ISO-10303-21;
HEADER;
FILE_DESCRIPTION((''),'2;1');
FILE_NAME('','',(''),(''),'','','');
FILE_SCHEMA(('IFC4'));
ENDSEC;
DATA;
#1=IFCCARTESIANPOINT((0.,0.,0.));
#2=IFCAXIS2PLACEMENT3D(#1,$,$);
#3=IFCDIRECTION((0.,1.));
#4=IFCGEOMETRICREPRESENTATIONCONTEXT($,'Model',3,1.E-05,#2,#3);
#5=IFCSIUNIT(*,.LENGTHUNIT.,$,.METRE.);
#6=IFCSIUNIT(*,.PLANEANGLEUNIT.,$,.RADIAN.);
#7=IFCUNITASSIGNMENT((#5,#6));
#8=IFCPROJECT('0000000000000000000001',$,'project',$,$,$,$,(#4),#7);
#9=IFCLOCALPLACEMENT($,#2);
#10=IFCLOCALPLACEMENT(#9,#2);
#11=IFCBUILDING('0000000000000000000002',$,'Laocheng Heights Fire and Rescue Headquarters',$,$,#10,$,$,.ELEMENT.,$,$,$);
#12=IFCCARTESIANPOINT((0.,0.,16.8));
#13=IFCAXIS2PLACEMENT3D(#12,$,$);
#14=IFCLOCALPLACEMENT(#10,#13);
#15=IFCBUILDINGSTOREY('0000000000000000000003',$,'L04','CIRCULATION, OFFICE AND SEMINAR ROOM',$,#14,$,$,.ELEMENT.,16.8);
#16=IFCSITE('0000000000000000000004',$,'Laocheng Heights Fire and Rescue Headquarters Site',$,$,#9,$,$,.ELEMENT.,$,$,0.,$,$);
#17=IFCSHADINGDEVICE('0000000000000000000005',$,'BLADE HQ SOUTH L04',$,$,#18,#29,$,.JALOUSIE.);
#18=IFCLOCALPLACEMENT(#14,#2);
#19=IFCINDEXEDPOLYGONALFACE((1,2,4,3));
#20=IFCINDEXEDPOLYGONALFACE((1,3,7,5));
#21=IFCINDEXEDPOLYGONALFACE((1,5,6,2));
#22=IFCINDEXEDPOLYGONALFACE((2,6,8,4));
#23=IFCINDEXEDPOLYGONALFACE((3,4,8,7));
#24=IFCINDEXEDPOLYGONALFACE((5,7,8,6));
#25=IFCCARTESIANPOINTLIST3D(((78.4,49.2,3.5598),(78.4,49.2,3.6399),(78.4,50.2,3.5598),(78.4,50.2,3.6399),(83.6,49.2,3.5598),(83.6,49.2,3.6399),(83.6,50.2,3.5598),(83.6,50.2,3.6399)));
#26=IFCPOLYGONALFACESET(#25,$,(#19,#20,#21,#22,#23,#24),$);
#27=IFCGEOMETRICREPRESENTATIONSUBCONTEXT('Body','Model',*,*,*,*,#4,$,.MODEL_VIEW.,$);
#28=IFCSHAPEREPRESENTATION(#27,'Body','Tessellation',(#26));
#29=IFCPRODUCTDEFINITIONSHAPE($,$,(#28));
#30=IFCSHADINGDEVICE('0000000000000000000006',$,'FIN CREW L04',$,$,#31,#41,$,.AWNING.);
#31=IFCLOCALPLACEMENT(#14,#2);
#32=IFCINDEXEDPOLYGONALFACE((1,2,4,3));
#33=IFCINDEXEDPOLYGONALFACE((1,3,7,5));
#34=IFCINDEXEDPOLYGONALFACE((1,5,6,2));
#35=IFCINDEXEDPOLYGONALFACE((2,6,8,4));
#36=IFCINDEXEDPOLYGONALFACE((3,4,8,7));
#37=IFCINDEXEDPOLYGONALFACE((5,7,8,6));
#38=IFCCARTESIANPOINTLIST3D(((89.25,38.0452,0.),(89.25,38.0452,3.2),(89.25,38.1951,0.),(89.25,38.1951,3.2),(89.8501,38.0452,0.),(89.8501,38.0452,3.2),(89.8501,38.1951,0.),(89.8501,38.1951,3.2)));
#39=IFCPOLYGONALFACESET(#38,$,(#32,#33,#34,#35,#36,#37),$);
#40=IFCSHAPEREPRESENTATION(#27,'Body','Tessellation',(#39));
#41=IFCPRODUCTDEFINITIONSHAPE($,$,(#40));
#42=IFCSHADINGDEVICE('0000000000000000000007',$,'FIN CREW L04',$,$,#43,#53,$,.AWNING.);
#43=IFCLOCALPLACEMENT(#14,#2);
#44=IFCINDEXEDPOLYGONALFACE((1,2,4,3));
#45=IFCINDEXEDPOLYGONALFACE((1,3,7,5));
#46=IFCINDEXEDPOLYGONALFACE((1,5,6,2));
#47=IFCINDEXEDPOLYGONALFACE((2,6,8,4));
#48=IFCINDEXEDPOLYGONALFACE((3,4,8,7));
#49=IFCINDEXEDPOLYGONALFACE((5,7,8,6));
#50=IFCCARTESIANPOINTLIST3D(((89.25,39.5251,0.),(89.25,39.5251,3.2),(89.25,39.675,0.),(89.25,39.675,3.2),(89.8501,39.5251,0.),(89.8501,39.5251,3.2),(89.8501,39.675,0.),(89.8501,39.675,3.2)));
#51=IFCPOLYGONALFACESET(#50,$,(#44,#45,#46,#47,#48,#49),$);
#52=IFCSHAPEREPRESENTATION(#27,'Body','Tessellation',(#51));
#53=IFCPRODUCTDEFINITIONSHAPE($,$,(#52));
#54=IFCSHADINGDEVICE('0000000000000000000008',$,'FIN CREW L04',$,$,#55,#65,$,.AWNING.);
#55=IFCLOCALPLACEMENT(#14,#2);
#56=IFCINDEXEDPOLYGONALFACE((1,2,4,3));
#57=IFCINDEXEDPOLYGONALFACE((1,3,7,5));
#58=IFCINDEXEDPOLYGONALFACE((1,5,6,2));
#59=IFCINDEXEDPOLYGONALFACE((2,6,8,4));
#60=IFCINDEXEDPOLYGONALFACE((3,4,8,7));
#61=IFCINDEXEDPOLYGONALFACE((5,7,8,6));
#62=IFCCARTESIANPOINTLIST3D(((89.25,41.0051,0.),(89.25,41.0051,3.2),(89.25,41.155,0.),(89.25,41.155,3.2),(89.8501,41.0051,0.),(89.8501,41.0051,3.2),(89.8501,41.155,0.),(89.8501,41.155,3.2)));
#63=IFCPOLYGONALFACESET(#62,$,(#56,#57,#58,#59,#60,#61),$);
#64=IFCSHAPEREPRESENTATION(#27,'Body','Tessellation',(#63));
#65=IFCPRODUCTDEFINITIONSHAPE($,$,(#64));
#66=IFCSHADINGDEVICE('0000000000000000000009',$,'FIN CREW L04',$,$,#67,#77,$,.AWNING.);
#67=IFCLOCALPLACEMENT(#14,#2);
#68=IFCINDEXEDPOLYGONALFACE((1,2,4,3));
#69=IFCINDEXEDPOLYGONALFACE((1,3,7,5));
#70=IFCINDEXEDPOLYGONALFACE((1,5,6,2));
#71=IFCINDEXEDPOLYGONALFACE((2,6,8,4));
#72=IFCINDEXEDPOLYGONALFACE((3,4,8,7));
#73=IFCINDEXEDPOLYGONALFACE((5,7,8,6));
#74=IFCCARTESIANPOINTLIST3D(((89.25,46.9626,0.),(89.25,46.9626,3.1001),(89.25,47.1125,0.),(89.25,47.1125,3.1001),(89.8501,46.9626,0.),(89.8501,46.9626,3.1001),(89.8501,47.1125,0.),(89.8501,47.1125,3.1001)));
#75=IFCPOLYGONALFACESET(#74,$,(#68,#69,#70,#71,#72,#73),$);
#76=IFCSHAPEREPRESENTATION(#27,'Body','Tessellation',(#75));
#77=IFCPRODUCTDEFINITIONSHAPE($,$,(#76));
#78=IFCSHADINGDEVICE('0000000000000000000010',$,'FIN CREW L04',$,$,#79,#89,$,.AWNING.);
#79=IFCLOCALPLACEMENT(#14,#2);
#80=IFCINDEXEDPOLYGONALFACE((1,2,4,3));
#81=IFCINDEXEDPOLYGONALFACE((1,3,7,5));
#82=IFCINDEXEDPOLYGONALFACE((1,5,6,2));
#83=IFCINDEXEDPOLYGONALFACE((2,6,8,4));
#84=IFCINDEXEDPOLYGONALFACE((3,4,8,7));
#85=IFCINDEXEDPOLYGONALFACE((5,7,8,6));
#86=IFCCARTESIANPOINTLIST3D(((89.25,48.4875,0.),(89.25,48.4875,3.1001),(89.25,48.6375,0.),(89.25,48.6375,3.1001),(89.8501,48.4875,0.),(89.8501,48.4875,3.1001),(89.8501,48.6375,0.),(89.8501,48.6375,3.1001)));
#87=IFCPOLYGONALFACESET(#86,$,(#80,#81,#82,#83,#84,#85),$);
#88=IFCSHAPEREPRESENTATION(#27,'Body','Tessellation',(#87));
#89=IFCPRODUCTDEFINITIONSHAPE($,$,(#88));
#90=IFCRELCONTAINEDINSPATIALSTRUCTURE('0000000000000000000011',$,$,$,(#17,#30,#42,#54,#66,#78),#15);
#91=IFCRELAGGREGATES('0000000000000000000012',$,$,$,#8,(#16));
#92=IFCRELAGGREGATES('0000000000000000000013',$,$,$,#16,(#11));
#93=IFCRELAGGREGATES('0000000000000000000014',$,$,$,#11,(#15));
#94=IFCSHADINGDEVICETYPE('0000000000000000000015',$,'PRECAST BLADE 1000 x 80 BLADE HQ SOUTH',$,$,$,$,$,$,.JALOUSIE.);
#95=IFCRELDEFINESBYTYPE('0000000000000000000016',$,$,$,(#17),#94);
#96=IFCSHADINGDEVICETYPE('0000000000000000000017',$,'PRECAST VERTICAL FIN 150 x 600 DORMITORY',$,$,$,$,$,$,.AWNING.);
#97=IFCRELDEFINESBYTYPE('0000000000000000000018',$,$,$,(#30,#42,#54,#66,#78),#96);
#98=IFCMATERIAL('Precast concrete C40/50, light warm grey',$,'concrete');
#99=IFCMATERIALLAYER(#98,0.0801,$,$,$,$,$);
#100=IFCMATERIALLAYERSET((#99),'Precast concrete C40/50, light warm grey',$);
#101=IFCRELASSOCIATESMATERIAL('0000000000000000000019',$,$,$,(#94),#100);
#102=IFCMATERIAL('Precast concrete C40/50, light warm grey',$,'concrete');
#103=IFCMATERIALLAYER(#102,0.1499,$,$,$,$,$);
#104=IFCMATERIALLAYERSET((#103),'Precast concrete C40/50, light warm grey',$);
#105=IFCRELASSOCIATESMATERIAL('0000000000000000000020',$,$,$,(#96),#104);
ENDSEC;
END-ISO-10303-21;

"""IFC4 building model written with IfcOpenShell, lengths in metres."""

from ifc_helpers import new_model, si_unit, direction, frame, origin, origin_2d, place, context, subcontext, project, spatial, rectangle, extrude, material, layer, layer_set, type_object, element, save


model = new_model("IFC4")

# Units and contexts
model_context = context("Model", 3, precision=1e-05, world=origin(), true_north=direction((0.0, 1.0)))
body_context = subcontext(model_context, "Body", "Model", "MODEL_VIEW")
ifc_project = project(units=[si_unit("LENGTHUNIT", "METRE"), si_unit("PLANEANGLEUNIT", "RADIAN")], contexts=[model_context])

# Site, building, storey
site_placement = place(None, origin())
site = spatial("IfcSite", under=ifc_project, at=site_placement, Name="Laocheng Heights Fire and Rescue Headquarters Site", CompositionType="ELEMENT", RefElevation=0.0)
building_placement = place(site_placement, origin())
building = spatial("IfcBuilding", under=site, at=building_placement, Name="Laocheng Heights Fire and Rescue Headquarters", CompositionType="ELEMENT")
storey_placement = place(building_placement, frame((0.0, 0.0, 16.8)))
storey = spatial("IfcBuildingStorey", under=building, at=storey_placement, Name="L04", Description="CIRCULATION, OFFICE AND SEMINAR ROOM", CompositionType="ELEMENT", Elevation=16.8)

# Shading devices
ifc_material_1 = material(Name="Precast concrete C40/50, light warm grey", Category="concrete")
ifc_layer_1 = layer(ifc_material_1, 0.0801)
ifc_layer_set_1 = layer_set([ifc_layer_1], Name="Precast concrete C40/50, light warm grey")
shading_device_type_1 = type_object("IfcShadingDeviceType", Name="PRECAST BLADE 1000 x 80 BLADE HQ SOUTH", PredefinedType="JALOUSIE", material=ifc_layer_set_1)
shading_device_placement = place(storey_placement, frame((81.0, 49.7, 3.5598), z_axis=(0.0, 0.0, 1.0), x_axis=(1.0, 0.0, 0.0)))
element("IfcShadingDevice", 1, at=shading_device_placement, inside=storey, type_object=shading_device_type_1, Name="BLADE HQ SOUTH L04", PredefinedType="JALOUSIE", context=body_context, shape_type="SweptSolid", body=[
    extrude(rectangle(XDim=5.2, YDim=1.0, at=origin_2d()), origin(), (0.0, 0.0, 1.0), 0.0801),
])
ifc_material_2 = material(Name="Precast concrete C40/50, light warm grey", Category="concrete")
ifc_layer_2 = layer(ifc_material_2, 0.1499)
ifc_layer_set_2 = layer_set([ifc_layer_2], Name="Precast concrete C40/50, light warm grey")
shading_device_type_2 = type_object("IfcShadingDeviceType", Name="PRECAST VERTICAL FIN 150 x 600 DORMITORY", PredefinedType="AWNING", material=ifc_layer_set_2)
for number, where, z_axis, x_axis, name in (
    (2, (89.55, 38.1201, 0.0), (0.0, 0.0, 1.0), (1.0, 0.0, 0.0), "FIN CREW L04"),
    (3, (89.55, 39.6001, 0.0), (0.0, 0.0, 1.0), (1.0, 0.0, 0.0), "FIN CREW L04"),
    (4, (89.55, 41.0801, 0.0), (0.0, 0.0, 1.0), (1.0, 0.0, 0.0), "FIN CREW L04"),
):
    element("IfcShadingDevice", number, at=place(storey_placement, frame(where, z_axis=z_axis, x_axis=x_axis)), inside=storey, type_object=shading_device_type_2, Name=name, PredefinedType="AWNING", context=body_context, shape_type="SweptSolid", body=[
        extrude(rectangle(XDim=0.6001, YDim=0.1499, at=origin_2d()), origin(), (0.0, 0.0, 1.0), 3.2),
    ])
for number, where, z_axis, x_axis, name in (
    (5, (89.55, 47.0376, 0.0), (0.0, 0.0, 1.0), (1.0, 0.0, 0.0), "FIN CREW L04"),
    (6, (89.55, 48.5625, 0.0), (0.0, 0.0, 1.0), (1.0, 0.0, 0.0), "FIN CREW L04"),
):
    element("IfcShadingDevice", number, at=place(storey_placement, frame(where, z_axis=z_axis, x_axis=x_axis)), inside=storey, type_object=shading_device_type_2, Name=name, PredefinedType="AWNING", context=body_context, shape_type="SweptSolid", body=[
        extrude(rectangle(XDim=0.6001, YDim=0.1499, at=origin_2d()), origin(), (0.0, 0.0, 1.0), 3.1001),
    ])

save(model, "model.ifc")
